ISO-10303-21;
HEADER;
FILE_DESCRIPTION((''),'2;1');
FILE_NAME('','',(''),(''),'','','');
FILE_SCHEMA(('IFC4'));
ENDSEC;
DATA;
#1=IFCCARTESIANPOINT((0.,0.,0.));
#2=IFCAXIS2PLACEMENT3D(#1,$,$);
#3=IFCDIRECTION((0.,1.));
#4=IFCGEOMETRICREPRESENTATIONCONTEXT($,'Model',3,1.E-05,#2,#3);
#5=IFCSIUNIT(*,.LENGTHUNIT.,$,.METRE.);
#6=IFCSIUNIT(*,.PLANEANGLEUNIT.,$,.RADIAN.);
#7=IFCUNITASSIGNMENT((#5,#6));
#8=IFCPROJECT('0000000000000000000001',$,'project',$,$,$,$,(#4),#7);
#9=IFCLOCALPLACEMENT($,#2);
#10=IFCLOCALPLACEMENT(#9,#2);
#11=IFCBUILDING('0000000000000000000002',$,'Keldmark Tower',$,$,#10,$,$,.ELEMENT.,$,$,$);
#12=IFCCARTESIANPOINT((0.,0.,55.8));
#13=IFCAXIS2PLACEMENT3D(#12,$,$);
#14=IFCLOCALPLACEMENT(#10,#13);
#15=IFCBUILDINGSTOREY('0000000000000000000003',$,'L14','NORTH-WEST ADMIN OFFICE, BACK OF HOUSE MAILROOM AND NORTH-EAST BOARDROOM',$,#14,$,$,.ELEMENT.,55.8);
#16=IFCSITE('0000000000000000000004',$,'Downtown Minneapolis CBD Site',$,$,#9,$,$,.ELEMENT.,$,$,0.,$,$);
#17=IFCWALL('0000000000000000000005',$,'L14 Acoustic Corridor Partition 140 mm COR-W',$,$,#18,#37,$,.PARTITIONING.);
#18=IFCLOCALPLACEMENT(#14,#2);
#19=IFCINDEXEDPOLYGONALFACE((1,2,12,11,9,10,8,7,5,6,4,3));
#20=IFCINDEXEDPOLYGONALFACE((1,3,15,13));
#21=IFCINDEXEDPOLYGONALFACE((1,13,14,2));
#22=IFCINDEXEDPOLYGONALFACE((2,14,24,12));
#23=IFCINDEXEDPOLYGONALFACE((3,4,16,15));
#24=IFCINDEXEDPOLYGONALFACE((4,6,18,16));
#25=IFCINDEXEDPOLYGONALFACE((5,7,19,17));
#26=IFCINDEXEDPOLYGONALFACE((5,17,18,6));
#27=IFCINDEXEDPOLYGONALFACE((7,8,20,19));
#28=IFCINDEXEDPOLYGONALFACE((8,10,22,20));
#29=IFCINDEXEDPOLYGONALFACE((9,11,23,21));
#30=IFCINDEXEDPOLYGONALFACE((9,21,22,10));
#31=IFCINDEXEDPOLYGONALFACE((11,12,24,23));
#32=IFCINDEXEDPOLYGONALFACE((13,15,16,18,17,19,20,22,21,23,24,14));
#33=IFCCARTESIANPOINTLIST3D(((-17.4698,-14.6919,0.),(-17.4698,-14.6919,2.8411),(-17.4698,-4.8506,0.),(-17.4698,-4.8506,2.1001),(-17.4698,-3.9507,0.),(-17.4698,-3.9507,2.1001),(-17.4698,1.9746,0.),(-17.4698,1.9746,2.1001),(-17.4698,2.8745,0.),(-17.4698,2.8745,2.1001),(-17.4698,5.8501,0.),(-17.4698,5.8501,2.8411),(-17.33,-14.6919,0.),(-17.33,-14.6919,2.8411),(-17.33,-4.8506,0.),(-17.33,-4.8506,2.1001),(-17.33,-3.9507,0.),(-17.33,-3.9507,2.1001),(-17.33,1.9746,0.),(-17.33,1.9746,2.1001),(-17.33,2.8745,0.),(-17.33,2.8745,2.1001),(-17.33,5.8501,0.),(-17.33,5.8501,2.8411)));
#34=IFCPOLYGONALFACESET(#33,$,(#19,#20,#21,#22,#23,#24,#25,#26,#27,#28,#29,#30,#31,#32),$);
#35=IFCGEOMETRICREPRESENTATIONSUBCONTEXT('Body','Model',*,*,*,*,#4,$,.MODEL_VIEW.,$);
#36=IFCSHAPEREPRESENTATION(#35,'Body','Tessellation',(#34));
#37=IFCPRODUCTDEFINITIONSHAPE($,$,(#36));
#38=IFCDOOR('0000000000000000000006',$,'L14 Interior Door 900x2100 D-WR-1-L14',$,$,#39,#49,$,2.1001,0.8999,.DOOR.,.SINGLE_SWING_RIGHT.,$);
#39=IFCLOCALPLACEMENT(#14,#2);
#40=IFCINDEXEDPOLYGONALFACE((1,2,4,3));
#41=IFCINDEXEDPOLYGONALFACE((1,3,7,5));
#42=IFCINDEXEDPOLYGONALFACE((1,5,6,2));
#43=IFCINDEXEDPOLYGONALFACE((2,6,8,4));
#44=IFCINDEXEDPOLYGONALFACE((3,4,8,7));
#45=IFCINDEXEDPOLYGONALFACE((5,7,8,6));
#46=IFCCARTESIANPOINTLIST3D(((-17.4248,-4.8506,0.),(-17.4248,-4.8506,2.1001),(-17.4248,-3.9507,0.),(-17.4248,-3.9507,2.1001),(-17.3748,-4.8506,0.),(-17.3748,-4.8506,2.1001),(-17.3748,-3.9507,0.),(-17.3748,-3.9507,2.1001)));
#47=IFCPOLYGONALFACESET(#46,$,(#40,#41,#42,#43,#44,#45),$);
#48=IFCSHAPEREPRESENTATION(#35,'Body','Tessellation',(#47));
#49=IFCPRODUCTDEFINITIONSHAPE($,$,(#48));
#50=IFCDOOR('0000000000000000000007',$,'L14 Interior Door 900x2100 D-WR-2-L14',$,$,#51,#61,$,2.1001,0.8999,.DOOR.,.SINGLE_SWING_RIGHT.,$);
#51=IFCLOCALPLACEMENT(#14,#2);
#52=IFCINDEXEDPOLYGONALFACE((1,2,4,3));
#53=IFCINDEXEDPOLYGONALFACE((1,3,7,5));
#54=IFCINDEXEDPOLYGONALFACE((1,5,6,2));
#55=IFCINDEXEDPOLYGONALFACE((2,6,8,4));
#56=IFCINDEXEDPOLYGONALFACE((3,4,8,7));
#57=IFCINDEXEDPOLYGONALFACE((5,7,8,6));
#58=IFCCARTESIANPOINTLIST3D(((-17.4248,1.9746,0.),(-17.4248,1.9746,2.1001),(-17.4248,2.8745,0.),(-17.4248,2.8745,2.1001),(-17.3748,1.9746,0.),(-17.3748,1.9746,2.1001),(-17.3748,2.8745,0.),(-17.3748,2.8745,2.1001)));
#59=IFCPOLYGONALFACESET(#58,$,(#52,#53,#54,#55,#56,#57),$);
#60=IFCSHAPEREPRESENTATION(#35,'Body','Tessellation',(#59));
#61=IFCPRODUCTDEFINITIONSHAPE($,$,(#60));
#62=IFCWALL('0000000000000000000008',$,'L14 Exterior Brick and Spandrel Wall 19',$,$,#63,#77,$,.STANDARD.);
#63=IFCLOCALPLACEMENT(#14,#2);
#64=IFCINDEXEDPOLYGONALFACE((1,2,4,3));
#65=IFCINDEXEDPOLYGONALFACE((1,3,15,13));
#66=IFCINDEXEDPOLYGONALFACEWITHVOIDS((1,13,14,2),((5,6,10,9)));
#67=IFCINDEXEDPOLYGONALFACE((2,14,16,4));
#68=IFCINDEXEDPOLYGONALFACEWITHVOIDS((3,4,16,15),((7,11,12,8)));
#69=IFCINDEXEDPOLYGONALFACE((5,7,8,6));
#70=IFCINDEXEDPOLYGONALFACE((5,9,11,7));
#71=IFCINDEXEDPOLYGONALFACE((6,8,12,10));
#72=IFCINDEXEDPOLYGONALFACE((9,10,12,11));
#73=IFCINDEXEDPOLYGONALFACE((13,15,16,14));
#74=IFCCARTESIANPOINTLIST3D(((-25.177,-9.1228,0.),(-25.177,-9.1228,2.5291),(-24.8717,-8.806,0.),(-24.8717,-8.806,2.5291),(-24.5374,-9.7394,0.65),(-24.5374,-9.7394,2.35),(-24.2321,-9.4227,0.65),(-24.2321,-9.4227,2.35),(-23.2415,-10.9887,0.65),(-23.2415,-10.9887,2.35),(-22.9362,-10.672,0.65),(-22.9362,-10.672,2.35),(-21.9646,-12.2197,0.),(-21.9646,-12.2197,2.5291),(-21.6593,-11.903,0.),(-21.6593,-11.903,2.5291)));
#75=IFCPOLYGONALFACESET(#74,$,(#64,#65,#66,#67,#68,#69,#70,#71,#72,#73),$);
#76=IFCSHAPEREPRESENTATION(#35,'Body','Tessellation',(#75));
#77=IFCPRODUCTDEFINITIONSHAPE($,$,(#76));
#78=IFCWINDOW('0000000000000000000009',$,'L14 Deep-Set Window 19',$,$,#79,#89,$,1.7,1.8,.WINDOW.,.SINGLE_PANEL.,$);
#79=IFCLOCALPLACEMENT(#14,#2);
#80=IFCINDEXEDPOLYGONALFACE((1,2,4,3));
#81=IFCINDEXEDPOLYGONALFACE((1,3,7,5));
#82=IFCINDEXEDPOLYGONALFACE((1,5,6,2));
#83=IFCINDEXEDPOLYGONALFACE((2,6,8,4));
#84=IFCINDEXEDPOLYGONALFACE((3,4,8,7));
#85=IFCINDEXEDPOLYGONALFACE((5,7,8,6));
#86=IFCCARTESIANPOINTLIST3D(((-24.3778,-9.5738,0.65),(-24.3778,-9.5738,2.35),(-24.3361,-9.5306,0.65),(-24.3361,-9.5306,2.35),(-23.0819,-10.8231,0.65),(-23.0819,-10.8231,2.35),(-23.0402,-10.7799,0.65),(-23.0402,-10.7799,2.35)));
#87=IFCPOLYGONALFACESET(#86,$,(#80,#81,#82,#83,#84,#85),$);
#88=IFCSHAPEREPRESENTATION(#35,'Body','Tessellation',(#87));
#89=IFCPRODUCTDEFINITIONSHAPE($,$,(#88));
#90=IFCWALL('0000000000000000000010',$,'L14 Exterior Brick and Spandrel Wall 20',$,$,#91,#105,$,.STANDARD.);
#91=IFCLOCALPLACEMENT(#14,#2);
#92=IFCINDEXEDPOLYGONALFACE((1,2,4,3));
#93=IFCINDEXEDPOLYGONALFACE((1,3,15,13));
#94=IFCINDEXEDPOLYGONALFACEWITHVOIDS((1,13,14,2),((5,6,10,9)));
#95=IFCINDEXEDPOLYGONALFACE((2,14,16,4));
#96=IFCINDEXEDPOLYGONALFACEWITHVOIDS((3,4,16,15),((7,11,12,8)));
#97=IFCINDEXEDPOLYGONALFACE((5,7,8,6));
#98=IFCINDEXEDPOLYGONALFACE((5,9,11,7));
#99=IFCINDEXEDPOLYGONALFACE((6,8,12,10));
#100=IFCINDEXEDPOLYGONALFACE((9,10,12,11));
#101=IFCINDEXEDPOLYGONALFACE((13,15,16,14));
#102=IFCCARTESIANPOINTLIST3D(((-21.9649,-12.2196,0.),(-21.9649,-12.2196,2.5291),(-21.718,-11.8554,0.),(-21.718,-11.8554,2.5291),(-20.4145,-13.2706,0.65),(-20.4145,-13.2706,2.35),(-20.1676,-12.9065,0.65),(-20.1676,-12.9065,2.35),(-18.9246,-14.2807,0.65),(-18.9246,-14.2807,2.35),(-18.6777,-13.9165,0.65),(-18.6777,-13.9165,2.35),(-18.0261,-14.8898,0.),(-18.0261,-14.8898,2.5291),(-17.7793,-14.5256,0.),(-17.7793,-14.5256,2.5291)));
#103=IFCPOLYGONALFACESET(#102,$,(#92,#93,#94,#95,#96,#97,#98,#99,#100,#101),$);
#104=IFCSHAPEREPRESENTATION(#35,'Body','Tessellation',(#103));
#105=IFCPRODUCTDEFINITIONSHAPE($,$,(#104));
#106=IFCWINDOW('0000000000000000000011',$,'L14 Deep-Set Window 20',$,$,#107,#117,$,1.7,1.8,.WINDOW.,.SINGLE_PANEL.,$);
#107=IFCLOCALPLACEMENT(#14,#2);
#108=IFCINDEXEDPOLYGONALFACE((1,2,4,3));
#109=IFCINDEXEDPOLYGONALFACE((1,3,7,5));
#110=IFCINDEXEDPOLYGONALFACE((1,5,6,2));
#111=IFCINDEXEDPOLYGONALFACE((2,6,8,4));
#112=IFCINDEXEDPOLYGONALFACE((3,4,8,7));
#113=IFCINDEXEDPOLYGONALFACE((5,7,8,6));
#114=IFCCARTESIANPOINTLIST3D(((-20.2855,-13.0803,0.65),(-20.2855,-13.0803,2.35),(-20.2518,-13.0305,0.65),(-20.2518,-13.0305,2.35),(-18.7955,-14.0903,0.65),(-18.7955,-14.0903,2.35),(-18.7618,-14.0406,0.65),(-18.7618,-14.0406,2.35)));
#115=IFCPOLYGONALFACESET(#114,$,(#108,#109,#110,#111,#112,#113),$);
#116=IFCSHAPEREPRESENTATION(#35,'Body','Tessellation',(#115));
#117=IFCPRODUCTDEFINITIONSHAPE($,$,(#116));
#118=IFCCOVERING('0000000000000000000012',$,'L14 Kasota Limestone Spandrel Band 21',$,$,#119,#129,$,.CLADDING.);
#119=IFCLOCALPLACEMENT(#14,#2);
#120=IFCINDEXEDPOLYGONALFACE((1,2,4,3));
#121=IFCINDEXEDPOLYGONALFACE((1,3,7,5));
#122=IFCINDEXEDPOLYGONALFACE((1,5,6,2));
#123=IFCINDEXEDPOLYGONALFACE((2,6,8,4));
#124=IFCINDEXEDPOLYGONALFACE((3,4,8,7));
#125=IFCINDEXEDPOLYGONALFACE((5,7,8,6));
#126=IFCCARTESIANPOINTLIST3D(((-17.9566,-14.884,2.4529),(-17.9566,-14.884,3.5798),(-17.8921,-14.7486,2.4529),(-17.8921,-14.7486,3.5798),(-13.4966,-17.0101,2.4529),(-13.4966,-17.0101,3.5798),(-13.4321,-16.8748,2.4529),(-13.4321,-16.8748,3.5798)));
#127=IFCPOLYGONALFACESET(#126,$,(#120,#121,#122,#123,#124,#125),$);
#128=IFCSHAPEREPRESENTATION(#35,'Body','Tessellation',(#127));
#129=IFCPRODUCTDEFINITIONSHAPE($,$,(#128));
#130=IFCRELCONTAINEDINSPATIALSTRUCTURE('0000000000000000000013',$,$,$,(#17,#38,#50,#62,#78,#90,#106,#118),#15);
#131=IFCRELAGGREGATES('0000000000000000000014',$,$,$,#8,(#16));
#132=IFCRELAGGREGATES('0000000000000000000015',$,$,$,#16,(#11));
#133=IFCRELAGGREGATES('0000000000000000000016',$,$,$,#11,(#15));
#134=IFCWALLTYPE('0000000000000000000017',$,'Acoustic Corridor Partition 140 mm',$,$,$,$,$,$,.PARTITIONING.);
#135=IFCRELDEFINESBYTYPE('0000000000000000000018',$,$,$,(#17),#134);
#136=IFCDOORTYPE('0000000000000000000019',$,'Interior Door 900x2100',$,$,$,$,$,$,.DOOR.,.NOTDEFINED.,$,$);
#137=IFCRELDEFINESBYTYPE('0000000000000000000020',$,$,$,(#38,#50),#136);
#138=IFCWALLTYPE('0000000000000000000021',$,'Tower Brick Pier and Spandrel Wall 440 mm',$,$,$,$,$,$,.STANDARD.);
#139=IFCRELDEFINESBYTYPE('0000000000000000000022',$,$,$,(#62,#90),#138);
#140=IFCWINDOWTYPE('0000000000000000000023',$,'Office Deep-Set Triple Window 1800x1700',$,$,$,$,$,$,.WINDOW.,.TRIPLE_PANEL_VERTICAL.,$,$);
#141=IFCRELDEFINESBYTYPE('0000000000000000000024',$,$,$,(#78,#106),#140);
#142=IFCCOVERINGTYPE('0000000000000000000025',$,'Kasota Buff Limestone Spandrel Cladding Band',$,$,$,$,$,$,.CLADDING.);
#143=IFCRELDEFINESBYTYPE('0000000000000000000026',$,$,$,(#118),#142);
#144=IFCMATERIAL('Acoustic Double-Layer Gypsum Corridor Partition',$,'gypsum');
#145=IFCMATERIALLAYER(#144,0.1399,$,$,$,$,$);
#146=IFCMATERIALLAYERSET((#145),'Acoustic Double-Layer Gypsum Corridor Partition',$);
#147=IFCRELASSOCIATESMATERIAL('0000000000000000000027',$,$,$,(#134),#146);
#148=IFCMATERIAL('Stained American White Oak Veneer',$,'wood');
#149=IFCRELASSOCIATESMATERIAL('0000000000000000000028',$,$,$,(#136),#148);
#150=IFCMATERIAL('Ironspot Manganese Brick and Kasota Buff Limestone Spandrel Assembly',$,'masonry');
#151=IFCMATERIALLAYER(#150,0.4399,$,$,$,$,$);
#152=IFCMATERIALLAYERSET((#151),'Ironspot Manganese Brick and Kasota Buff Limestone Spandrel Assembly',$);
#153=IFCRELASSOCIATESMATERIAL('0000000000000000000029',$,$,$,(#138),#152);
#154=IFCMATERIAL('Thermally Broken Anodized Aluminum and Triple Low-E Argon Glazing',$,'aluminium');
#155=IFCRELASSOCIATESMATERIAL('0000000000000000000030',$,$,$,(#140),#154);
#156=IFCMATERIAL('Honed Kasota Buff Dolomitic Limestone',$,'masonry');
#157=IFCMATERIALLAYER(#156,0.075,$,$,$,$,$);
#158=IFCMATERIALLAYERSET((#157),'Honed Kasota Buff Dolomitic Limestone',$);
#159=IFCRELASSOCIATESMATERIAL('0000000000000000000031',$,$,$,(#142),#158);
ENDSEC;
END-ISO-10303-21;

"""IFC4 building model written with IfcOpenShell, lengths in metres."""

from ifc_helpers import new_model, si_unit, direction, frame, frame_2d, origin, origin_2d, place, context, subcontext, project, spatial, rectangle, extrude, material, layer, layer_set, type_object, element, fill, save


model = new_model("IFC4")

# Units and contexts
model_context = context("Model", 3, precision=1e-05, world=origin(), true_north=direction((0.0, 1.0)))
body_context = subcontext(model_context, "Body", "Model", "MODEL_VIEW")
ifc_project = project(units=[si_unit("LENGTHUNIT", "METRE"), si_unit("PLANEANGLEUNIT", "RADIAN")], contexts=[model_context])

# Site, building, storey
site_placement = place(None, origin())
site = spatial("IfcSite", under=ifc_project, at=site_placement, Name="Downtown Minneapolis CBD Site", CompositionType="ELEMENT", RefElevation=0.0)
building_placement = place(site_placement, origin())
building = spatial("IfcBuilding", under=site, at=building_placement, Name="Keldmark Tower", CompositionType="ELEMENT")
storey_placement = place(building_placement, frame((0.0, 0.0, 55.8)))
storey = spatial("IfcBuildingStorey", under=building, at=storey_placement, Name="L14", Description="NORTH-WEST ADMIN OFFICE, BACK OF HOUSE MAILROOM AND NORTH-EAST BOARDROOM", CompositionType="ELEMENT", Elevation=55.8)

# Wall, openings, doors
ifc_material_1 = material(Name="Acoustic Double-Layer Gypsum Corridor Partition", Category="gypsum")
ifc_layer_1 = layer(ifc_material_1, 0.1399)
ifc_layer_set_1 = layer_set([ifc_layer_1], Name="Acoustic Double-Layer Gypsum Corridor Partition")
wall_type_1 = type_object("IfcWallType", Name="Acoustic Corridor Partition 140 mm", PredefinedType="PARTITIONING", material=ifc_layer_set_1)
ifc_material_2 = material(Name="Stained American White Oak Veneer", Category="wood")
door_type = type_object("IfcDoorType", Name="Interior Door 900x2100", OperationType="NOTDEFINED", PredefinedType="DOOR", material=ifc_material_2)
wall_1_placement = place(storey_placement, frame((-17.3999, -14.6919, 0.0), z_axis=(0.0, 0.0, 1.0), x_axis=(0.0, 1.0, 0.0)))
wall_1 = element("IfcWall", 1, at=wall_1_placement, inside=storey, type_object=wall_type_1, Name="L14 Acoustic Corridor Partition 140 mm COR-W", PredefinedType="PARTITIONING", context=body_context, shape_type="SweptSolid", body=[
    extrude(rectangle(XDim=20.542, YDim=0.1399, at=frame_2d((10.271, 0.0))), origin(), (0.0, 0.0, 1.0), 2.8411),
])
opening_1_placement = place(wall_1_placement, frame((9.8413, 0.0, 0.0)))
opening_1 = element("IfcOpeningElement", 2, at=opening_1_placement, cuts=wall_1, PredefinedType="OPENING", context=body_context, shape_type="SweptSolid", body=[
    extrude(rectangle(XDim=0.8999, YDim=2.1001, at=frame_2d((0.45, 1.05))), frame((0.0, 0.0798, 0.0), z_axis=(0.0, -1.0, 0.0), x_axis=(1.0, 0.0, 0.0)), (0.0, 0.0, 1.0), 0.1599),
])
opening_2_placement = place(wall_1_placement, frame((16.6665, 0.0, 0.0)))
opening_2 = element("IfcOpeningElement", 3, at=opening_2_placement, cuts=wall_1, PredefinedType="OPENING", context=body_context, shape_type="SweptSolid", body=[
    extrude(rectangle(XDim=0.8999, YDim=2.1001, at=frame_2d((0.45, 1.05))), frame((0.0, 0.0798, 0.0), z_axis=(0.0, -1.0, 0.0), x_axis=(1.0, 0.0, 0.0)), (0.0, 0.0, 1.0), 0.1599),
])
door_1_placement = place(opening_1_placement, origin())
door_1 = element("IfcDoor", 4, at=door_1_placement, inside=storey, type_object=door_type, Name="L14 Interior Door 900x2100 D-WR-1-L14", OperationType="SINGLE_SWING_RIGHT", OverallHeight=2.1001, OverallWidth=0.8999, PredefinedType="DOOR", context=body_context, shape_type="SweptSolid", body=[
    extrude(rectangle(XDim=0.8999, YDim=2.1001, at=frame_2d((0.45, 1.05))), frame((0.0, 0.0249, 0.0), z_axis=(0.0, -1.0, 0.0), x_axis=(1.0, 0.0, 0.0)), (0.0, 0.0, 1.0), 0.05),
])
fill(opening_1, door_1)
door_2_placement = place(opening_2_placement, origin())
door_2 = element("IfcDoor", 5, at=door_2_placement, inside=storey, type_object=door_type, Name="L14 Interior Door 900x2100 D-WR-2-L14", OperationType="SINGLE_SWING_RIGHT", OverallHeight=2.1001, OverallWidth=0.8999, PredefinedType="DOOR", context=body_context, shape_type="SweptSolid", body=[
    extrude(rectangle(XDim=0.8999, YDim=2.1001, at=frame_2d((0.45, 1.05))), frame((0.0, 0.0249, 0.0), z_axis=(0.0, -1.0, 0.0), x_axis=(1.0, 0.0, 0.0)), (0.0, 0.0, 1.0), 0.05),
])
fill(opening_2, door_2)

# Walls, openings, windows
ifc_material_3 = material(Name="Ironspot Manganese Brick and Kasota Buff Limestone Spandrel Assembly", Category="masonry")
ifc_layer_2 = layer(ifc_material_3, 0.4399)
ifc_layer_set_2 = layer_set([ifc_layer_2], Name="Ironspot Manganese Brick and Kasota Buff Limestone Spandrel Assembly")
wall_type_2 = type_object("IfcWallType", Name="Tower Brick Pier and Spandrel Wall 440 mm", PredefinedType="STANDARD", material=ifc_layer_set_2)
wall_2_placement = place(storey_placement, frame((-21.812, -12.0613, 0.0), z_axis=(0.0, 0.0, 1.0), x_axis=(-0.719928, 0.694048, 0.0)))
wall_2 = element("IfcWall", 6, at=wall_2_placement, inside=storey, type_object=wall_type_2, Name="L14 Exterior Brick and Spandrel Wall 19", PredefinedType="STANDARD", context=body_context, shape_type="SweptSolid", body=[
    extrude(rectangle(XDim=4.4622, YDim=0.4399, at=frame_2d((2.231, 0.0))), origin(), (0.0, 0.0, 1.0), 2.5291),
])
opening_3_placement = place(wall_2_placement, frame((1.7737, 0.0, 0.6499)))
opening_3 = element("IfcOpeningElement", 7, at=opening_3_placement, cuts=wall_2, PredefinedType="OPENING", context=body_context, shape_type="SweptSolid", body=[
    extrude(rectangle(XDim=1.8, YDim=1.7, at=frame_2d((0.8999, 0.8501))), frame((0.0, 0.23, 0.0), z_axis=(0.0, -1.0, 0.0), x_axis=(1.0, 0.0, 0.0)), (0.0, 0.0, 1.0), 0.46),
])
ifc_material_4 = material(Name="Thermally Broken Anodized Aluminum and Triple Low-E Argon Glazing", Category="aluminium")
window_type = type_object("IfcWindowType", Name="Office Deep-Set Triple Window 1800x1700", PartitioningType="TRIPLE_PANEL_VERTICAL", PredefinedType="WINDOW", material=ifc_material_4)
window_1_placement = place(opening_3_placement, origin())
window_1 = element("IfcWindow", 8, at=window_1_placement, inside=storey, type_object=window_type, Name="L14 Deep-Set Window 19", OverallHeight=1.7, OverallWidth=1.8, PartitioningType="SINGLE_PANEL", PredefinedType="WINDOW", context=body_context, shape_type="SweptSolid", body=[
    extrude(rectangle(XDim=1.8, YDim=1.7, at=frame_2d((0.8999, 0.8501))), frame((0.0, -0.01, 0.0), z_axis=(0.0, -1.0, 0.0), x_axis=(1.0, 0.0, 0.0)), (0.0, 0.0, 1.0), 0.0601),
])
fill(opening_3, window_1)
wall_3_placement = place(storey_placement, frame((-17.9026, -14.7078, 0.0), z_axis=(0.0, 0.0, 1.0), x_axis=(-0.827723, 0.561136, 0.0)))
wall_3 = element("IfcWall", 9, at=wall_3_placement, inside=storey, type_object=wall_type_2, Name="L14 Exterior Brick and Spandrel Wall 20", PredefinedType="STANDARD", context=body_context, shape_type="SweptSolid", body=[
    extrude(rectangle(XDim=4.7585, YDim=0.4399, at=frame_2d((2.3794, 0.0))), origin(), (0.0, 0.0, 1.0), 2.5291),
])
opening_4_placement = place(wall_3_placement, frame((1.0857, 0.0, 0.6499)))
opening_4 = element("IfcOpeningElement", 10, at=opening_4_placement, cuts=wall_3, PredefinedType="OPENING", context=body_context, shape_type="SweptSolid", body=[
    extrude(rectangle(XDim=1.8, YDim=1.7, at=frame_2d((0.8999, 0.8501))), frame((0.0, 0.23, 0.0), z_axis=(0.0, -1.0, 0.0), x_axis=(1.0, 0.0, 0.0)), (0.0, 0.0, 1.0), 0.46),
])
window_2_placement = place(opening_4_placement, origin())
window_2 = element("IfcWindow", 11, at=window_2_placement, inside=storey, type_object=window_type, Name="L14 Deep-Set Window 20", OverallHeight=1.7, OverallWidth=1.8, PartitioningType="SINGLE_PANEL", PredefinedType="WINDOW", context=body_context, shape_type="SweptSolid", body=[
    extrude(rectangle(XDim=1.8, YDim=1.7, at=frame_2d((0.8999, 0.8501))), frame((0.0, -0.01, 0.0), z_axis=(0.0, -1.0, 0.0), x_axis=(1.0, 0.0, 0.0)), (0.0, 0.0, 1.0), 0.0601),
])
fill(opening_4, window_2)

# Covering
ifc_material_5 = material(Name="Honed Kasota Buff Dolomitic Limestone", Category="masonry")
ifc_layer_3 = layer(ifc_material_5, 0.075)
ifc_layer_set_3 = layer_set([ifc_layer_3], Name="Honed Kasota Buff Dolomitic Limestone")
covering_type = type_object("IfcCoveringType", Name="Kasota Buff Limestone Spandrel Cladding Band", PredefinedType="CLADDING", material=ifc_layer_set_3)
covering_placement = place(storey_placement, frame((-15.6943, -15.8794, 2.4529), z_axis=(0.0, 0.0, 1.0), x_axis=(0.902675, -0.430322, 0.0)))
element("IfcCovering", 12, at=covering_placement, inside=storey, type_object=covering_type, Name="L14 Kasota Limestone Spandrel Band 21", PredefinedType="CLADDING", context=body_context, shape_type="SweptSolid", body=[
    extrude(rectangle(XDim=4.9409, YDim=0.1499, at=origin_2d()), origin(), (0.0, 0.0, 1.0), 1.127),
])

save(model, "model.ifc")
